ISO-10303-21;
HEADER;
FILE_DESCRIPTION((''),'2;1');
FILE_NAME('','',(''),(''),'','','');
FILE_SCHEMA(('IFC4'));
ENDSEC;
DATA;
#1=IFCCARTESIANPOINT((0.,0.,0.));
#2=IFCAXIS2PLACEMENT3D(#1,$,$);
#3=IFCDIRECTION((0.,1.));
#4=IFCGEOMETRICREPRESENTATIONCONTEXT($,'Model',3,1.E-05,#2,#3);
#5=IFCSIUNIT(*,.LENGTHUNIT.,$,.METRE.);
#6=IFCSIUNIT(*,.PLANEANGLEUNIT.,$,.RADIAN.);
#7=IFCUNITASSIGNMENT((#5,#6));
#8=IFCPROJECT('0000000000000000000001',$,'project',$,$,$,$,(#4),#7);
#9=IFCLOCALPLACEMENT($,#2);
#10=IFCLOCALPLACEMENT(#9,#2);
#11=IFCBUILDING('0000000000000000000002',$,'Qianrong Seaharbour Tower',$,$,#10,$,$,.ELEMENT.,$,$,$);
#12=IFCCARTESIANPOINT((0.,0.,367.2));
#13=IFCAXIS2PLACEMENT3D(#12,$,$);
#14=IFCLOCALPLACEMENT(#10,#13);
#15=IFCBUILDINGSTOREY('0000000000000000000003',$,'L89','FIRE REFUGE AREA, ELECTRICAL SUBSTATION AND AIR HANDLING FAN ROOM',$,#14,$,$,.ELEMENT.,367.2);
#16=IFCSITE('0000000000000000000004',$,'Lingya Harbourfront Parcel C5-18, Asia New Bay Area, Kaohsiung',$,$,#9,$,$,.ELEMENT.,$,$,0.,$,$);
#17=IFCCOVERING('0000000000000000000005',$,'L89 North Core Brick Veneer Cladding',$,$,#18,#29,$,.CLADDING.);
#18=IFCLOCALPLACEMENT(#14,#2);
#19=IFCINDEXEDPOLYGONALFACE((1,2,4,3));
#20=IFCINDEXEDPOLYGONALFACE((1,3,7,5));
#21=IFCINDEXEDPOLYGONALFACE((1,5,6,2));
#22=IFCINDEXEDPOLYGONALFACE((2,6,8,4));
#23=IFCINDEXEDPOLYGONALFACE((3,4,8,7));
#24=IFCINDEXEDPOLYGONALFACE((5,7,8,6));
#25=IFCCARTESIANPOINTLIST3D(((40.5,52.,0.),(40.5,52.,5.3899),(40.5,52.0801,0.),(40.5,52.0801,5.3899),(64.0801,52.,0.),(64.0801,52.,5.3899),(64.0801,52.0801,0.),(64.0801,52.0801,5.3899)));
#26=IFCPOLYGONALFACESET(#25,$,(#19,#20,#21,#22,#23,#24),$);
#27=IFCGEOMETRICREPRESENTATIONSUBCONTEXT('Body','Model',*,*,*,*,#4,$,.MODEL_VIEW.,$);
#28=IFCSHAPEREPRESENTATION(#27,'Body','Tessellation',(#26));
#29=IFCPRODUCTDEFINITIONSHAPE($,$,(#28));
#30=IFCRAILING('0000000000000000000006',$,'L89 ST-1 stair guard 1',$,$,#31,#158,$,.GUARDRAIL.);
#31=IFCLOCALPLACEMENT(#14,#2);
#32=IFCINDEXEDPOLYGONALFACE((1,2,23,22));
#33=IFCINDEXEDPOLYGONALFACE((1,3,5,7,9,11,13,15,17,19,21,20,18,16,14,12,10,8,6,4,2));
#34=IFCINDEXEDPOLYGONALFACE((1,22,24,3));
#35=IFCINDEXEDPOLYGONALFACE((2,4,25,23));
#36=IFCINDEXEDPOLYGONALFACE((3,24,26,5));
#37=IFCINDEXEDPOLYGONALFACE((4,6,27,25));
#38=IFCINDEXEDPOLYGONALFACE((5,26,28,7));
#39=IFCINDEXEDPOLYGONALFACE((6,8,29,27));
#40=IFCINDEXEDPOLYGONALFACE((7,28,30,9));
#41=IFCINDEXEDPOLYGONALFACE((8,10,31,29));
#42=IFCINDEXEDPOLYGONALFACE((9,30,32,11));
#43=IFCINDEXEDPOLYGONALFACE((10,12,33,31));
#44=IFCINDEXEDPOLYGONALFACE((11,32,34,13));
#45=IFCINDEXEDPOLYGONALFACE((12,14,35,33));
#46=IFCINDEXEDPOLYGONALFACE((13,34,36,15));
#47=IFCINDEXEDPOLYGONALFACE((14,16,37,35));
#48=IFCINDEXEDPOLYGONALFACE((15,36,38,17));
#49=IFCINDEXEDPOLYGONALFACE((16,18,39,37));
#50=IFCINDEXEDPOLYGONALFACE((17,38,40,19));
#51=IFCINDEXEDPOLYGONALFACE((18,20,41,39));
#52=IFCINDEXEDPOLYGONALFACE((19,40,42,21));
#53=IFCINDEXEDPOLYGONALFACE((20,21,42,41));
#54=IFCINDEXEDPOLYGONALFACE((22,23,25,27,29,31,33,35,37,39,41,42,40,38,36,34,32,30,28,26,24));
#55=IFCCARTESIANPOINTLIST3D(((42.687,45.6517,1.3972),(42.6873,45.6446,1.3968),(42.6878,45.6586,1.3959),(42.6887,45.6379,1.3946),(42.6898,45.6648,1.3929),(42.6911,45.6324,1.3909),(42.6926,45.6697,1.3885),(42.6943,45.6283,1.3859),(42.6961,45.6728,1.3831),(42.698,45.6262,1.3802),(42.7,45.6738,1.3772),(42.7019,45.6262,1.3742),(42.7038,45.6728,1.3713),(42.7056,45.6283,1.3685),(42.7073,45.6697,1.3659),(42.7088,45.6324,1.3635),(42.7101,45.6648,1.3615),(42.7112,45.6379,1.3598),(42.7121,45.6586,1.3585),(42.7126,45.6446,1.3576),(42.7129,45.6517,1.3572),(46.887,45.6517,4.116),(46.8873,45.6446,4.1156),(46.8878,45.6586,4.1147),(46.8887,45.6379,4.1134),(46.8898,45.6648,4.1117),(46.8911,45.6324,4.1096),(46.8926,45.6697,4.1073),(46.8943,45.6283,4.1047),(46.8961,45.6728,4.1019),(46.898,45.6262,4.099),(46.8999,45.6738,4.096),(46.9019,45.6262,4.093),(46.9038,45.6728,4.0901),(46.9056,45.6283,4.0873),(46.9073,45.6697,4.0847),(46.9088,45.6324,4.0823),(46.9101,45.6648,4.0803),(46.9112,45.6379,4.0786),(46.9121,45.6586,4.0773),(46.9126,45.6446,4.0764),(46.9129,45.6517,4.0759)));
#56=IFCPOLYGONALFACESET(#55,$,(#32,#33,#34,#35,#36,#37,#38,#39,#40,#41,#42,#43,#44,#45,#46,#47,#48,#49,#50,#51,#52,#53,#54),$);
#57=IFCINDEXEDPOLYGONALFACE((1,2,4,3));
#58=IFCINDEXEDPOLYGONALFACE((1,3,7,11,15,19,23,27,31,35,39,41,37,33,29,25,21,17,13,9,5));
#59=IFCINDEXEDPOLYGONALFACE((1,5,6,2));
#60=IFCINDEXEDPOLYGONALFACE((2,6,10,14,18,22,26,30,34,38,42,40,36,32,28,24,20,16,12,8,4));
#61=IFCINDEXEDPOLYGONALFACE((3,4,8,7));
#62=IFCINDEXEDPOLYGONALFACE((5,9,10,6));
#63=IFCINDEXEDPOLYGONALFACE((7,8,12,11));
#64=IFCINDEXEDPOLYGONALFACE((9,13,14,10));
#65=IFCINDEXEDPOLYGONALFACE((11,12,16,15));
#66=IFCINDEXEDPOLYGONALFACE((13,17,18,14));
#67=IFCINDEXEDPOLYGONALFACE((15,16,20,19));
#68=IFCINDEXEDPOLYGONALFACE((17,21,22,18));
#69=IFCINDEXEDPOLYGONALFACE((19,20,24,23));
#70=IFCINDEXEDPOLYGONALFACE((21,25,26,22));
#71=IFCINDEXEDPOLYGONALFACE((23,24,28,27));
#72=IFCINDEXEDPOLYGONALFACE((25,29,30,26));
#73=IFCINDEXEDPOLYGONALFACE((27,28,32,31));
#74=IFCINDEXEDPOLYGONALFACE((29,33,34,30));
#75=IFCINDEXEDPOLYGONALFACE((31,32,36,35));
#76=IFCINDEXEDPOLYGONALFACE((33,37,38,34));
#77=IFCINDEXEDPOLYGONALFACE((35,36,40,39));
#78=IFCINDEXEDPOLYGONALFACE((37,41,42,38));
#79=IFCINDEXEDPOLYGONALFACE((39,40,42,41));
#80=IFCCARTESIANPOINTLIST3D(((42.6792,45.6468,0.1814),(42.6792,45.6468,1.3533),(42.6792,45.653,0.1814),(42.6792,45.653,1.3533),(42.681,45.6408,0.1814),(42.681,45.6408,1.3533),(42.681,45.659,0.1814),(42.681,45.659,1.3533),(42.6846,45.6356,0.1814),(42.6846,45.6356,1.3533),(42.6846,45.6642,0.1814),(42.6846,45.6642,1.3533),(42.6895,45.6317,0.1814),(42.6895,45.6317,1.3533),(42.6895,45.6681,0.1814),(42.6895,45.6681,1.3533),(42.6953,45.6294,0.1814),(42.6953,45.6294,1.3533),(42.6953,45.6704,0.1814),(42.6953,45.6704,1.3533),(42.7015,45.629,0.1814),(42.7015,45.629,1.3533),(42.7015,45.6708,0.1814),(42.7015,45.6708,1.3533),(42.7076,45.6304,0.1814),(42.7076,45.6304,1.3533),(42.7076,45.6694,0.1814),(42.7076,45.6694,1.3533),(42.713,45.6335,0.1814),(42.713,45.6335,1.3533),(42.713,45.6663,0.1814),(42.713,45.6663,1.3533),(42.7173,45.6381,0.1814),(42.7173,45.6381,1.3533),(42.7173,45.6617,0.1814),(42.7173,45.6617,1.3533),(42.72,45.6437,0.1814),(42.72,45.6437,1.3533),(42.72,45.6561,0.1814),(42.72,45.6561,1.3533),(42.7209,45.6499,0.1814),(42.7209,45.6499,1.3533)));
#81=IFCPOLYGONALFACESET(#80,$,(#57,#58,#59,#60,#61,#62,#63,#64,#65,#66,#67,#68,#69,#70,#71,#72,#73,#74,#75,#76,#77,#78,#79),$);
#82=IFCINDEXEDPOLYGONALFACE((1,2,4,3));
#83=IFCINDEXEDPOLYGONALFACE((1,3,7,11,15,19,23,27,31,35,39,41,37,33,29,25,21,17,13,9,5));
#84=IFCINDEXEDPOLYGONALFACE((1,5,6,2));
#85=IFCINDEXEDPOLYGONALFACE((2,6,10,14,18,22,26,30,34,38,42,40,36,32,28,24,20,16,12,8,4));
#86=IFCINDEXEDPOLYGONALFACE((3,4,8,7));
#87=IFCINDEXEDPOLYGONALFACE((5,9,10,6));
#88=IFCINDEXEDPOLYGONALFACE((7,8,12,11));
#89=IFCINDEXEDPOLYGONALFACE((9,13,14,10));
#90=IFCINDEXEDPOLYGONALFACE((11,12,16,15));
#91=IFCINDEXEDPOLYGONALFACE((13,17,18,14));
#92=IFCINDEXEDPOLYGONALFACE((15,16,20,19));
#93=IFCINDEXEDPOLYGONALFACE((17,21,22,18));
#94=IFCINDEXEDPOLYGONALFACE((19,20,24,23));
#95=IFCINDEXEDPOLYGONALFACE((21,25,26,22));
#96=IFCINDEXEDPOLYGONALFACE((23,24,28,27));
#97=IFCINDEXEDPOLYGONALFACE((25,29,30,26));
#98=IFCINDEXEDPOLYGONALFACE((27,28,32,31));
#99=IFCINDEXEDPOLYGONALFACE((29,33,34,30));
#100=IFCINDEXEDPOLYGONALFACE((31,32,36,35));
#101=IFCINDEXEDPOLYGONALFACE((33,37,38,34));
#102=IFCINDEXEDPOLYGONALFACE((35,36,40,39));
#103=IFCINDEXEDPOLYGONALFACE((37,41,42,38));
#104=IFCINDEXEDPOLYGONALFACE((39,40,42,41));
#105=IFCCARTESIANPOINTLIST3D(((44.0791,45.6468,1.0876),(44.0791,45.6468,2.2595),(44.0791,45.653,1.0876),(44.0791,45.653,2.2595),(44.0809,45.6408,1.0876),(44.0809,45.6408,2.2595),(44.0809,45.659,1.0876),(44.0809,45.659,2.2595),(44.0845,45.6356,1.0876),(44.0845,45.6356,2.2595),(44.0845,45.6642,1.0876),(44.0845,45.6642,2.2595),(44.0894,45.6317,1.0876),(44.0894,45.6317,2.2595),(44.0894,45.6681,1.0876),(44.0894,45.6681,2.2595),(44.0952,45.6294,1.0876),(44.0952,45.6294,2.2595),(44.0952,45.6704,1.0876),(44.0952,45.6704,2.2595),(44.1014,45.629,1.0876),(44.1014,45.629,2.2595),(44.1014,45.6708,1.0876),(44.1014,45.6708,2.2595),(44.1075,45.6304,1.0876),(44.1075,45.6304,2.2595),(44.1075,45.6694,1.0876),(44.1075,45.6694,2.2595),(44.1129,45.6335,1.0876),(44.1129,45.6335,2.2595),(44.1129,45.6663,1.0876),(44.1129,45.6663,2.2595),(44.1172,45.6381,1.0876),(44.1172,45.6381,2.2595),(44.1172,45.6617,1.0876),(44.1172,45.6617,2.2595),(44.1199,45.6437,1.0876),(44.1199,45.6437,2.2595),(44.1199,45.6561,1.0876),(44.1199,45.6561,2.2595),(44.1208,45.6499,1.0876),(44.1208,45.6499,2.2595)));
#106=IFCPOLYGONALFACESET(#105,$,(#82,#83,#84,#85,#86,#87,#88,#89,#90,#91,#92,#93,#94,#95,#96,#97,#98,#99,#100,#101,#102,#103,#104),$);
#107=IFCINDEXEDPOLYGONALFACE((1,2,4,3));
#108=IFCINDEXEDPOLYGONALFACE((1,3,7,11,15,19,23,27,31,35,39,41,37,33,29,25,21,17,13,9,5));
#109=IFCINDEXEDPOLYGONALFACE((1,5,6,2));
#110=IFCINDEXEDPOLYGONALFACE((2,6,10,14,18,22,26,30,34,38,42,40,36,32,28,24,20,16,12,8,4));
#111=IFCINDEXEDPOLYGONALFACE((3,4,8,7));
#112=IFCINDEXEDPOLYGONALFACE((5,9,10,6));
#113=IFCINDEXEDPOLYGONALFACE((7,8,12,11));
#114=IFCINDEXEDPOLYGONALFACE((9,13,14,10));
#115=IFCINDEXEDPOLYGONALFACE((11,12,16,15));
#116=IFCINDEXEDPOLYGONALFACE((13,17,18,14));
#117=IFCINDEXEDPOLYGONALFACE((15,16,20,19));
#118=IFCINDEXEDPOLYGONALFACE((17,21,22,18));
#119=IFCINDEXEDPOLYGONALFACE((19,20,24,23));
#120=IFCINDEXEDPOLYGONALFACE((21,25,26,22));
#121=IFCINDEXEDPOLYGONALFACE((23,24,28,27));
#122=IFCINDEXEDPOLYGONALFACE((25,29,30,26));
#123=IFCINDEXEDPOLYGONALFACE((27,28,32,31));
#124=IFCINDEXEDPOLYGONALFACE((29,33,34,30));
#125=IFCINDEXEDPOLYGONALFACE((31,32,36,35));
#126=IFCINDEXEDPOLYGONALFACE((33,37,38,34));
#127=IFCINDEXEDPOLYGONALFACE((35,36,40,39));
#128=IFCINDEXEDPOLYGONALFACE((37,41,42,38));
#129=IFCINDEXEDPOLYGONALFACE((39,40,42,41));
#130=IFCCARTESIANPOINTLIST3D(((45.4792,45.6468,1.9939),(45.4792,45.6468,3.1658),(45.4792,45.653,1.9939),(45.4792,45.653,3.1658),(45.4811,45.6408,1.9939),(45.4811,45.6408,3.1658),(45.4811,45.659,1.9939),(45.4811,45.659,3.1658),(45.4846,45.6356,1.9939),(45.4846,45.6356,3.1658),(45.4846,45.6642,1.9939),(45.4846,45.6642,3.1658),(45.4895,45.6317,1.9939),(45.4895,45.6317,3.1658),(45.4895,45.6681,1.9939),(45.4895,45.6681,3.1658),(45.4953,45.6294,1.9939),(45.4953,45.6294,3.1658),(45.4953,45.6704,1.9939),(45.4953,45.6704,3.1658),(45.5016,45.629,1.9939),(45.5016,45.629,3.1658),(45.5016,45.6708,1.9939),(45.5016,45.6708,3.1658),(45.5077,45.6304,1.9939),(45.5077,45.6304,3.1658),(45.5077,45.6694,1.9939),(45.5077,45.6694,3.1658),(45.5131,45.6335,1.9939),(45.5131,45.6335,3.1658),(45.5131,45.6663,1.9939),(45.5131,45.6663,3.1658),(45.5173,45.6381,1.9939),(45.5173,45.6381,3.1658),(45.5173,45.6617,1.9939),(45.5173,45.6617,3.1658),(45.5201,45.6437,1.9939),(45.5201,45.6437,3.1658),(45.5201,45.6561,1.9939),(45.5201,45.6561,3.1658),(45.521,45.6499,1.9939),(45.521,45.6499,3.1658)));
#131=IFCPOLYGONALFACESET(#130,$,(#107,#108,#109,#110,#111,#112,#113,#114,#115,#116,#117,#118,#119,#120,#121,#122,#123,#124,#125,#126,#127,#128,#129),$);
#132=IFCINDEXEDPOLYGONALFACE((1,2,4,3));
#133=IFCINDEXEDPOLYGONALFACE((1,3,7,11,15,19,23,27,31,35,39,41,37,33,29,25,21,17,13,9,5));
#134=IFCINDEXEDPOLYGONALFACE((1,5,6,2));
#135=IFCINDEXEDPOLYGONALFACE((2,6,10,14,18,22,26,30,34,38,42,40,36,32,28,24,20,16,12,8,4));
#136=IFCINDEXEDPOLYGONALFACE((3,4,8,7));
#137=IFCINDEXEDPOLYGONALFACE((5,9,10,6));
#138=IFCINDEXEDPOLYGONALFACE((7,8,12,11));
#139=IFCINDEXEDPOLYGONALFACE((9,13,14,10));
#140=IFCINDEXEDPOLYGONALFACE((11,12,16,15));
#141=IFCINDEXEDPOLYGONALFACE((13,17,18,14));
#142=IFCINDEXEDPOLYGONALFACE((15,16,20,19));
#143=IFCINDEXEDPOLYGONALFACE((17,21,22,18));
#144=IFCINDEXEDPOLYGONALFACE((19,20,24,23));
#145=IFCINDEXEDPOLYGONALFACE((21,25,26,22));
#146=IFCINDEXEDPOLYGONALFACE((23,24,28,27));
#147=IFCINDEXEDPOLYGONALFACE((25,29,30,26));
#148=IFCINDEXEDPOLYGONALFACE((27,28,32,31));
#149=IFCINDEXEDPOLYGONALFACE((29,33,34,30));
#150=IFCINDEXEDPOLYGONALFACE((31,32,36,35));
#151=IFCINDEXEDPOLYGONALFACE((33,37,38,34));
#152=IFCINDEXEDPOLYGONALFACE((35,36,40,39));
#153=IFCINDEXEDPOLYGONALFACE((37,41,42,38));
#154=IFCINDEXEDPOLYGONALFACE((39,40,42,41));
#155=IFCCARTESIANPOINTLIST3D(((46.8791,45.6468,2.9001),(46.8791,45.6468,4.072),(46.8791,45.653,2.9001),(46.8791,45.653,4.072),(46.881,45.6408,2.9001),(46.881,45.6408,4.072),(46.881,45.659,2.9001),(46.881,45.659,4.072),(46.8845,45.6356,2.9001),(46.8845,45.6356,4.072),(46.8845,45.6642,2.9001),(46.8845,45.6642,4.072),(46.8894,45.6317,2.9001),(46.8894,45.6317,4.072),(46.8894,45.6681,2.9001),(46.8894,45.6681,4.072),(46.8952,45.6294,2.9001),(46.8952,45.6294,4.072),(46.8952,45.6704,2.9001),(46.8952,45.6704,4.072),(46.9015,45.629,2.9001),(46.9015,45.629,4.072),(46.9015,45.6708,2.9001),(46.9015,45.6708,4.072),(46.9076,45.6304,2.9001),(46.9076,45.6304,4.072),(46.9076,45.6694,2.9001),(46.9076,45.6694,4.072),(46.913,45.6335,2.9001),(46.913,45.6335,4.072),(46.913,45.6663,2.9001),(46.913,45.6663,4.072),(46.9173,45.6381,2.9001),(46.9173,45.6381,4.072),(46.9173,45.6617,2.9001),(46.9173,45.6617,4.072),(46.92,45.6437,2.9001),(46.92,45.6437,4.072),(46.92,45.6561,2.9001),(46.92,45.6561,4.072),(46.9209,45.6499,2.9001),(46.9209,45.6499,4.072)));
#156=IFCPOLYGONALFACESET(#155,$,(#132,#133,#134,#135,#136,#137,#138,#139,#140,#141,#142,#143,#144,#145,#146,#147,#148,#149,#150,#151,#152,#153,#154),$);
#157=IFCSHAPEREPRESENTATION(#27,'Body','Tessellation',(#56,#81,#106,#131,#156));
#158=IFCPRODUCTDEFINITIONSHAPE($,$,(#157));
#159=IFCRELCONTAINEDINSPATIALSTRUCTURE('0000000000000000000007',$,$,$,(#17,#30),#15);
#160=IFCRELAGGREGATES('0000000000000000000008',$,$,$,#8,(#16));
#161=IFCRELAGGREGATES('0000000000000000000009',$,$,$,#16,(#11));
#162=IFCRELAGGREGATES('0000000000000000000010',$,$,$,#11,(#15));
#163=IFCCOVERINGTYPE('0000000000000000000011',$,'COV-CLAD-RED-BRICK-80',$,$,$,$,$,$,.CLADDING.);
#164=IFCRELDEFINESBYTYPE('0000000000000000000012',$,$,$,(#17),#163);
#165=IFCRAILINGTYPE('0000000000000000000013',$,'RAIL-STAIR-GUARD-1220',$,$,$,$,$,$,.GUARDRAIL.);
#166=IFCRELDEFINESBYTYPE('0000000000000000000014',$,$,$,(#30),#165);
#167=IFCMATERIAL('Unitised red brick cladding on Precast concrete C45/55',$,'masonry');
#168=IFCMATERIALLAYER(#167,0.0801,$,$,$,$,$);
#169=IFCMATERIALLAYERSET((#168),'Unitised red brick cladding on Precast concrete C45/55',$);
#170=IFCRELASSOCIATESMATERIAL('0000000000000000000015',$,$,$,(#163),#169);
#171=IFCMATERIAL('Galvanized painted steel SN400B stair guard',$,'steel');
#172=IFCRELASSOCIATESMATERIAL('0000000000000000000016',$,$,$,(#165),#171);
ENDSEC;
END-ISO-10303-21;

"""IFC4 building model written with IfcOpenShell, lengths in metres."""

from ifc_helpers import new_model, si_unit, direction, frame, origin, origin_2d, place, context, subcontext, project, spatial, rectangle, circle, extrude, material, layer, layer_set, type_object, element, save


model = new_model("IFC4")

# Units and contexts
model_context = context("Model", 3, precision=1e-05, world=origin(), true_north=direction((0.0, 1.0)))
body_context = subcontext(model_context, "Body", "Model", "MODEL_VIEW")
ifc_project = project(units=[si_unit("LENGTHUNIT", "METRE"), si_unit("PLANEANGLEUNIT", "RADIAN")], contexts=[model_context])

# Site, building, storey
site_placement = place(None, origin())
site = spatial("IfcSite", under=ifc_project, at=site_placement, Name="Lingya Harbourfront Parcel C5-18, Asia New Bay Area, Kaohsiung", CompositionType="ELEMENT", RefElevation=0.0)
building_placement = place(site_placement, origin())
building = spatial("IfcBuilding", under=site, at=building_placement, Name="Qianrong Seaharbour Tower", CompositionType="ELEMENT")
storey_placement = place(building_placement, frame((0.0, 0.0, 367.2)))
storey = spatial("IfcBuildingStorey", under=building, at=storey_placement, Name="L89", Description="FIRE REFUGE AREA, ELECTRICAL SUBSTATION AND AIR HANDLING FAN ROOM", CompositionType="ELEMENT", Elevation=367.2)

# Covering
ifc_material_1 = material(Name="Unitised red brick cladding on Precast concrete C45/55", Category="masonry")
ifc_layer_1 = layer(ifc_material_1, 0.0801)
ifc_layer_set_1 = layer_set([ifc_layer_1], Name="Unitised red brick cladding on Precast concrete C45/55")
covering_type = type_object("IfcCoveringType", Name="COV-CLAD-RED-BRICK-80", PredefinedType="CLADDING", material=ifc_layer_set_1)
covering_placement = place(storey_placement, frame((52.29, 52.04, 0.0), z_axis=(0.0, 0.0, 1.0), x_axis=(1.0, 0.0, 0.0)))
element("IfcCovering", 1, at=covering_placement, inside=storey, type_object=covering_type, Name="L89 North Core Brick Veneer Cladding", PredefinedType="CLADDING", context=body_context, shape_type="SweptSolid", body=[
    extrude(rectangle(XDim=23.5801, YDim=0.0801, at=origin_2d()), origin(), (0.0, 0.0, 1.0), 5.3899),
])

# Railing
ifc_material_2 = material(Name="Galvanized painted steel SN400B stair guard", Category="steel")
railing_type_1 = type_object("IfcRailingType", Name="RAIL-STAIR-GUARD-1220", PredefinedType="GUARDRAIL", material=ifc_material_2)
railing_1_placement = place(storey_placement, frame((42.7, 45.6499, 0.1814)))
element("IfcRailing", 2, at=railing_1_placement, inside=storey, type_object=railing_type_1, Name="L89 ST-1 stair guard 1", PredefinedType="GUARDRAIL", context=body_context, shape_type="SweptSolid", body=[
    extrude(circle(Radius=0.0239, at=origin_2d()), frame((0.0, 0.0, 1.1958), z_axis=(0.839467, 0.0, 0.543411), x_axis=(0.0, 1.0, 0.0)), (0.0, 0.0, 1.0), 5.0032),
    extrude(circle(Radius=0.021, at=origin_2d()), origin(), (0.0, 0.0, 1.0), 1.1719),
    extrude(circle(Radius=0.021, at=origin_2d()), frame((1.3999, 0.0, 0.9062)), (0.0, 0.0, 1.0), 1.1719),
    extrude(circle(Radius=0.021, at=origin_2d()), frame((2.8, 0.0, 1.8125)), (0.0, 0.0, 1.0), 1.1719),
    extrude(circle(Radius=0.021, at=origin_2d()), frame((4.2, 0.0, 2.7188)), (0.0, 0.0, 1.0), 1.1719),
])

save(model, "model.ifc")
